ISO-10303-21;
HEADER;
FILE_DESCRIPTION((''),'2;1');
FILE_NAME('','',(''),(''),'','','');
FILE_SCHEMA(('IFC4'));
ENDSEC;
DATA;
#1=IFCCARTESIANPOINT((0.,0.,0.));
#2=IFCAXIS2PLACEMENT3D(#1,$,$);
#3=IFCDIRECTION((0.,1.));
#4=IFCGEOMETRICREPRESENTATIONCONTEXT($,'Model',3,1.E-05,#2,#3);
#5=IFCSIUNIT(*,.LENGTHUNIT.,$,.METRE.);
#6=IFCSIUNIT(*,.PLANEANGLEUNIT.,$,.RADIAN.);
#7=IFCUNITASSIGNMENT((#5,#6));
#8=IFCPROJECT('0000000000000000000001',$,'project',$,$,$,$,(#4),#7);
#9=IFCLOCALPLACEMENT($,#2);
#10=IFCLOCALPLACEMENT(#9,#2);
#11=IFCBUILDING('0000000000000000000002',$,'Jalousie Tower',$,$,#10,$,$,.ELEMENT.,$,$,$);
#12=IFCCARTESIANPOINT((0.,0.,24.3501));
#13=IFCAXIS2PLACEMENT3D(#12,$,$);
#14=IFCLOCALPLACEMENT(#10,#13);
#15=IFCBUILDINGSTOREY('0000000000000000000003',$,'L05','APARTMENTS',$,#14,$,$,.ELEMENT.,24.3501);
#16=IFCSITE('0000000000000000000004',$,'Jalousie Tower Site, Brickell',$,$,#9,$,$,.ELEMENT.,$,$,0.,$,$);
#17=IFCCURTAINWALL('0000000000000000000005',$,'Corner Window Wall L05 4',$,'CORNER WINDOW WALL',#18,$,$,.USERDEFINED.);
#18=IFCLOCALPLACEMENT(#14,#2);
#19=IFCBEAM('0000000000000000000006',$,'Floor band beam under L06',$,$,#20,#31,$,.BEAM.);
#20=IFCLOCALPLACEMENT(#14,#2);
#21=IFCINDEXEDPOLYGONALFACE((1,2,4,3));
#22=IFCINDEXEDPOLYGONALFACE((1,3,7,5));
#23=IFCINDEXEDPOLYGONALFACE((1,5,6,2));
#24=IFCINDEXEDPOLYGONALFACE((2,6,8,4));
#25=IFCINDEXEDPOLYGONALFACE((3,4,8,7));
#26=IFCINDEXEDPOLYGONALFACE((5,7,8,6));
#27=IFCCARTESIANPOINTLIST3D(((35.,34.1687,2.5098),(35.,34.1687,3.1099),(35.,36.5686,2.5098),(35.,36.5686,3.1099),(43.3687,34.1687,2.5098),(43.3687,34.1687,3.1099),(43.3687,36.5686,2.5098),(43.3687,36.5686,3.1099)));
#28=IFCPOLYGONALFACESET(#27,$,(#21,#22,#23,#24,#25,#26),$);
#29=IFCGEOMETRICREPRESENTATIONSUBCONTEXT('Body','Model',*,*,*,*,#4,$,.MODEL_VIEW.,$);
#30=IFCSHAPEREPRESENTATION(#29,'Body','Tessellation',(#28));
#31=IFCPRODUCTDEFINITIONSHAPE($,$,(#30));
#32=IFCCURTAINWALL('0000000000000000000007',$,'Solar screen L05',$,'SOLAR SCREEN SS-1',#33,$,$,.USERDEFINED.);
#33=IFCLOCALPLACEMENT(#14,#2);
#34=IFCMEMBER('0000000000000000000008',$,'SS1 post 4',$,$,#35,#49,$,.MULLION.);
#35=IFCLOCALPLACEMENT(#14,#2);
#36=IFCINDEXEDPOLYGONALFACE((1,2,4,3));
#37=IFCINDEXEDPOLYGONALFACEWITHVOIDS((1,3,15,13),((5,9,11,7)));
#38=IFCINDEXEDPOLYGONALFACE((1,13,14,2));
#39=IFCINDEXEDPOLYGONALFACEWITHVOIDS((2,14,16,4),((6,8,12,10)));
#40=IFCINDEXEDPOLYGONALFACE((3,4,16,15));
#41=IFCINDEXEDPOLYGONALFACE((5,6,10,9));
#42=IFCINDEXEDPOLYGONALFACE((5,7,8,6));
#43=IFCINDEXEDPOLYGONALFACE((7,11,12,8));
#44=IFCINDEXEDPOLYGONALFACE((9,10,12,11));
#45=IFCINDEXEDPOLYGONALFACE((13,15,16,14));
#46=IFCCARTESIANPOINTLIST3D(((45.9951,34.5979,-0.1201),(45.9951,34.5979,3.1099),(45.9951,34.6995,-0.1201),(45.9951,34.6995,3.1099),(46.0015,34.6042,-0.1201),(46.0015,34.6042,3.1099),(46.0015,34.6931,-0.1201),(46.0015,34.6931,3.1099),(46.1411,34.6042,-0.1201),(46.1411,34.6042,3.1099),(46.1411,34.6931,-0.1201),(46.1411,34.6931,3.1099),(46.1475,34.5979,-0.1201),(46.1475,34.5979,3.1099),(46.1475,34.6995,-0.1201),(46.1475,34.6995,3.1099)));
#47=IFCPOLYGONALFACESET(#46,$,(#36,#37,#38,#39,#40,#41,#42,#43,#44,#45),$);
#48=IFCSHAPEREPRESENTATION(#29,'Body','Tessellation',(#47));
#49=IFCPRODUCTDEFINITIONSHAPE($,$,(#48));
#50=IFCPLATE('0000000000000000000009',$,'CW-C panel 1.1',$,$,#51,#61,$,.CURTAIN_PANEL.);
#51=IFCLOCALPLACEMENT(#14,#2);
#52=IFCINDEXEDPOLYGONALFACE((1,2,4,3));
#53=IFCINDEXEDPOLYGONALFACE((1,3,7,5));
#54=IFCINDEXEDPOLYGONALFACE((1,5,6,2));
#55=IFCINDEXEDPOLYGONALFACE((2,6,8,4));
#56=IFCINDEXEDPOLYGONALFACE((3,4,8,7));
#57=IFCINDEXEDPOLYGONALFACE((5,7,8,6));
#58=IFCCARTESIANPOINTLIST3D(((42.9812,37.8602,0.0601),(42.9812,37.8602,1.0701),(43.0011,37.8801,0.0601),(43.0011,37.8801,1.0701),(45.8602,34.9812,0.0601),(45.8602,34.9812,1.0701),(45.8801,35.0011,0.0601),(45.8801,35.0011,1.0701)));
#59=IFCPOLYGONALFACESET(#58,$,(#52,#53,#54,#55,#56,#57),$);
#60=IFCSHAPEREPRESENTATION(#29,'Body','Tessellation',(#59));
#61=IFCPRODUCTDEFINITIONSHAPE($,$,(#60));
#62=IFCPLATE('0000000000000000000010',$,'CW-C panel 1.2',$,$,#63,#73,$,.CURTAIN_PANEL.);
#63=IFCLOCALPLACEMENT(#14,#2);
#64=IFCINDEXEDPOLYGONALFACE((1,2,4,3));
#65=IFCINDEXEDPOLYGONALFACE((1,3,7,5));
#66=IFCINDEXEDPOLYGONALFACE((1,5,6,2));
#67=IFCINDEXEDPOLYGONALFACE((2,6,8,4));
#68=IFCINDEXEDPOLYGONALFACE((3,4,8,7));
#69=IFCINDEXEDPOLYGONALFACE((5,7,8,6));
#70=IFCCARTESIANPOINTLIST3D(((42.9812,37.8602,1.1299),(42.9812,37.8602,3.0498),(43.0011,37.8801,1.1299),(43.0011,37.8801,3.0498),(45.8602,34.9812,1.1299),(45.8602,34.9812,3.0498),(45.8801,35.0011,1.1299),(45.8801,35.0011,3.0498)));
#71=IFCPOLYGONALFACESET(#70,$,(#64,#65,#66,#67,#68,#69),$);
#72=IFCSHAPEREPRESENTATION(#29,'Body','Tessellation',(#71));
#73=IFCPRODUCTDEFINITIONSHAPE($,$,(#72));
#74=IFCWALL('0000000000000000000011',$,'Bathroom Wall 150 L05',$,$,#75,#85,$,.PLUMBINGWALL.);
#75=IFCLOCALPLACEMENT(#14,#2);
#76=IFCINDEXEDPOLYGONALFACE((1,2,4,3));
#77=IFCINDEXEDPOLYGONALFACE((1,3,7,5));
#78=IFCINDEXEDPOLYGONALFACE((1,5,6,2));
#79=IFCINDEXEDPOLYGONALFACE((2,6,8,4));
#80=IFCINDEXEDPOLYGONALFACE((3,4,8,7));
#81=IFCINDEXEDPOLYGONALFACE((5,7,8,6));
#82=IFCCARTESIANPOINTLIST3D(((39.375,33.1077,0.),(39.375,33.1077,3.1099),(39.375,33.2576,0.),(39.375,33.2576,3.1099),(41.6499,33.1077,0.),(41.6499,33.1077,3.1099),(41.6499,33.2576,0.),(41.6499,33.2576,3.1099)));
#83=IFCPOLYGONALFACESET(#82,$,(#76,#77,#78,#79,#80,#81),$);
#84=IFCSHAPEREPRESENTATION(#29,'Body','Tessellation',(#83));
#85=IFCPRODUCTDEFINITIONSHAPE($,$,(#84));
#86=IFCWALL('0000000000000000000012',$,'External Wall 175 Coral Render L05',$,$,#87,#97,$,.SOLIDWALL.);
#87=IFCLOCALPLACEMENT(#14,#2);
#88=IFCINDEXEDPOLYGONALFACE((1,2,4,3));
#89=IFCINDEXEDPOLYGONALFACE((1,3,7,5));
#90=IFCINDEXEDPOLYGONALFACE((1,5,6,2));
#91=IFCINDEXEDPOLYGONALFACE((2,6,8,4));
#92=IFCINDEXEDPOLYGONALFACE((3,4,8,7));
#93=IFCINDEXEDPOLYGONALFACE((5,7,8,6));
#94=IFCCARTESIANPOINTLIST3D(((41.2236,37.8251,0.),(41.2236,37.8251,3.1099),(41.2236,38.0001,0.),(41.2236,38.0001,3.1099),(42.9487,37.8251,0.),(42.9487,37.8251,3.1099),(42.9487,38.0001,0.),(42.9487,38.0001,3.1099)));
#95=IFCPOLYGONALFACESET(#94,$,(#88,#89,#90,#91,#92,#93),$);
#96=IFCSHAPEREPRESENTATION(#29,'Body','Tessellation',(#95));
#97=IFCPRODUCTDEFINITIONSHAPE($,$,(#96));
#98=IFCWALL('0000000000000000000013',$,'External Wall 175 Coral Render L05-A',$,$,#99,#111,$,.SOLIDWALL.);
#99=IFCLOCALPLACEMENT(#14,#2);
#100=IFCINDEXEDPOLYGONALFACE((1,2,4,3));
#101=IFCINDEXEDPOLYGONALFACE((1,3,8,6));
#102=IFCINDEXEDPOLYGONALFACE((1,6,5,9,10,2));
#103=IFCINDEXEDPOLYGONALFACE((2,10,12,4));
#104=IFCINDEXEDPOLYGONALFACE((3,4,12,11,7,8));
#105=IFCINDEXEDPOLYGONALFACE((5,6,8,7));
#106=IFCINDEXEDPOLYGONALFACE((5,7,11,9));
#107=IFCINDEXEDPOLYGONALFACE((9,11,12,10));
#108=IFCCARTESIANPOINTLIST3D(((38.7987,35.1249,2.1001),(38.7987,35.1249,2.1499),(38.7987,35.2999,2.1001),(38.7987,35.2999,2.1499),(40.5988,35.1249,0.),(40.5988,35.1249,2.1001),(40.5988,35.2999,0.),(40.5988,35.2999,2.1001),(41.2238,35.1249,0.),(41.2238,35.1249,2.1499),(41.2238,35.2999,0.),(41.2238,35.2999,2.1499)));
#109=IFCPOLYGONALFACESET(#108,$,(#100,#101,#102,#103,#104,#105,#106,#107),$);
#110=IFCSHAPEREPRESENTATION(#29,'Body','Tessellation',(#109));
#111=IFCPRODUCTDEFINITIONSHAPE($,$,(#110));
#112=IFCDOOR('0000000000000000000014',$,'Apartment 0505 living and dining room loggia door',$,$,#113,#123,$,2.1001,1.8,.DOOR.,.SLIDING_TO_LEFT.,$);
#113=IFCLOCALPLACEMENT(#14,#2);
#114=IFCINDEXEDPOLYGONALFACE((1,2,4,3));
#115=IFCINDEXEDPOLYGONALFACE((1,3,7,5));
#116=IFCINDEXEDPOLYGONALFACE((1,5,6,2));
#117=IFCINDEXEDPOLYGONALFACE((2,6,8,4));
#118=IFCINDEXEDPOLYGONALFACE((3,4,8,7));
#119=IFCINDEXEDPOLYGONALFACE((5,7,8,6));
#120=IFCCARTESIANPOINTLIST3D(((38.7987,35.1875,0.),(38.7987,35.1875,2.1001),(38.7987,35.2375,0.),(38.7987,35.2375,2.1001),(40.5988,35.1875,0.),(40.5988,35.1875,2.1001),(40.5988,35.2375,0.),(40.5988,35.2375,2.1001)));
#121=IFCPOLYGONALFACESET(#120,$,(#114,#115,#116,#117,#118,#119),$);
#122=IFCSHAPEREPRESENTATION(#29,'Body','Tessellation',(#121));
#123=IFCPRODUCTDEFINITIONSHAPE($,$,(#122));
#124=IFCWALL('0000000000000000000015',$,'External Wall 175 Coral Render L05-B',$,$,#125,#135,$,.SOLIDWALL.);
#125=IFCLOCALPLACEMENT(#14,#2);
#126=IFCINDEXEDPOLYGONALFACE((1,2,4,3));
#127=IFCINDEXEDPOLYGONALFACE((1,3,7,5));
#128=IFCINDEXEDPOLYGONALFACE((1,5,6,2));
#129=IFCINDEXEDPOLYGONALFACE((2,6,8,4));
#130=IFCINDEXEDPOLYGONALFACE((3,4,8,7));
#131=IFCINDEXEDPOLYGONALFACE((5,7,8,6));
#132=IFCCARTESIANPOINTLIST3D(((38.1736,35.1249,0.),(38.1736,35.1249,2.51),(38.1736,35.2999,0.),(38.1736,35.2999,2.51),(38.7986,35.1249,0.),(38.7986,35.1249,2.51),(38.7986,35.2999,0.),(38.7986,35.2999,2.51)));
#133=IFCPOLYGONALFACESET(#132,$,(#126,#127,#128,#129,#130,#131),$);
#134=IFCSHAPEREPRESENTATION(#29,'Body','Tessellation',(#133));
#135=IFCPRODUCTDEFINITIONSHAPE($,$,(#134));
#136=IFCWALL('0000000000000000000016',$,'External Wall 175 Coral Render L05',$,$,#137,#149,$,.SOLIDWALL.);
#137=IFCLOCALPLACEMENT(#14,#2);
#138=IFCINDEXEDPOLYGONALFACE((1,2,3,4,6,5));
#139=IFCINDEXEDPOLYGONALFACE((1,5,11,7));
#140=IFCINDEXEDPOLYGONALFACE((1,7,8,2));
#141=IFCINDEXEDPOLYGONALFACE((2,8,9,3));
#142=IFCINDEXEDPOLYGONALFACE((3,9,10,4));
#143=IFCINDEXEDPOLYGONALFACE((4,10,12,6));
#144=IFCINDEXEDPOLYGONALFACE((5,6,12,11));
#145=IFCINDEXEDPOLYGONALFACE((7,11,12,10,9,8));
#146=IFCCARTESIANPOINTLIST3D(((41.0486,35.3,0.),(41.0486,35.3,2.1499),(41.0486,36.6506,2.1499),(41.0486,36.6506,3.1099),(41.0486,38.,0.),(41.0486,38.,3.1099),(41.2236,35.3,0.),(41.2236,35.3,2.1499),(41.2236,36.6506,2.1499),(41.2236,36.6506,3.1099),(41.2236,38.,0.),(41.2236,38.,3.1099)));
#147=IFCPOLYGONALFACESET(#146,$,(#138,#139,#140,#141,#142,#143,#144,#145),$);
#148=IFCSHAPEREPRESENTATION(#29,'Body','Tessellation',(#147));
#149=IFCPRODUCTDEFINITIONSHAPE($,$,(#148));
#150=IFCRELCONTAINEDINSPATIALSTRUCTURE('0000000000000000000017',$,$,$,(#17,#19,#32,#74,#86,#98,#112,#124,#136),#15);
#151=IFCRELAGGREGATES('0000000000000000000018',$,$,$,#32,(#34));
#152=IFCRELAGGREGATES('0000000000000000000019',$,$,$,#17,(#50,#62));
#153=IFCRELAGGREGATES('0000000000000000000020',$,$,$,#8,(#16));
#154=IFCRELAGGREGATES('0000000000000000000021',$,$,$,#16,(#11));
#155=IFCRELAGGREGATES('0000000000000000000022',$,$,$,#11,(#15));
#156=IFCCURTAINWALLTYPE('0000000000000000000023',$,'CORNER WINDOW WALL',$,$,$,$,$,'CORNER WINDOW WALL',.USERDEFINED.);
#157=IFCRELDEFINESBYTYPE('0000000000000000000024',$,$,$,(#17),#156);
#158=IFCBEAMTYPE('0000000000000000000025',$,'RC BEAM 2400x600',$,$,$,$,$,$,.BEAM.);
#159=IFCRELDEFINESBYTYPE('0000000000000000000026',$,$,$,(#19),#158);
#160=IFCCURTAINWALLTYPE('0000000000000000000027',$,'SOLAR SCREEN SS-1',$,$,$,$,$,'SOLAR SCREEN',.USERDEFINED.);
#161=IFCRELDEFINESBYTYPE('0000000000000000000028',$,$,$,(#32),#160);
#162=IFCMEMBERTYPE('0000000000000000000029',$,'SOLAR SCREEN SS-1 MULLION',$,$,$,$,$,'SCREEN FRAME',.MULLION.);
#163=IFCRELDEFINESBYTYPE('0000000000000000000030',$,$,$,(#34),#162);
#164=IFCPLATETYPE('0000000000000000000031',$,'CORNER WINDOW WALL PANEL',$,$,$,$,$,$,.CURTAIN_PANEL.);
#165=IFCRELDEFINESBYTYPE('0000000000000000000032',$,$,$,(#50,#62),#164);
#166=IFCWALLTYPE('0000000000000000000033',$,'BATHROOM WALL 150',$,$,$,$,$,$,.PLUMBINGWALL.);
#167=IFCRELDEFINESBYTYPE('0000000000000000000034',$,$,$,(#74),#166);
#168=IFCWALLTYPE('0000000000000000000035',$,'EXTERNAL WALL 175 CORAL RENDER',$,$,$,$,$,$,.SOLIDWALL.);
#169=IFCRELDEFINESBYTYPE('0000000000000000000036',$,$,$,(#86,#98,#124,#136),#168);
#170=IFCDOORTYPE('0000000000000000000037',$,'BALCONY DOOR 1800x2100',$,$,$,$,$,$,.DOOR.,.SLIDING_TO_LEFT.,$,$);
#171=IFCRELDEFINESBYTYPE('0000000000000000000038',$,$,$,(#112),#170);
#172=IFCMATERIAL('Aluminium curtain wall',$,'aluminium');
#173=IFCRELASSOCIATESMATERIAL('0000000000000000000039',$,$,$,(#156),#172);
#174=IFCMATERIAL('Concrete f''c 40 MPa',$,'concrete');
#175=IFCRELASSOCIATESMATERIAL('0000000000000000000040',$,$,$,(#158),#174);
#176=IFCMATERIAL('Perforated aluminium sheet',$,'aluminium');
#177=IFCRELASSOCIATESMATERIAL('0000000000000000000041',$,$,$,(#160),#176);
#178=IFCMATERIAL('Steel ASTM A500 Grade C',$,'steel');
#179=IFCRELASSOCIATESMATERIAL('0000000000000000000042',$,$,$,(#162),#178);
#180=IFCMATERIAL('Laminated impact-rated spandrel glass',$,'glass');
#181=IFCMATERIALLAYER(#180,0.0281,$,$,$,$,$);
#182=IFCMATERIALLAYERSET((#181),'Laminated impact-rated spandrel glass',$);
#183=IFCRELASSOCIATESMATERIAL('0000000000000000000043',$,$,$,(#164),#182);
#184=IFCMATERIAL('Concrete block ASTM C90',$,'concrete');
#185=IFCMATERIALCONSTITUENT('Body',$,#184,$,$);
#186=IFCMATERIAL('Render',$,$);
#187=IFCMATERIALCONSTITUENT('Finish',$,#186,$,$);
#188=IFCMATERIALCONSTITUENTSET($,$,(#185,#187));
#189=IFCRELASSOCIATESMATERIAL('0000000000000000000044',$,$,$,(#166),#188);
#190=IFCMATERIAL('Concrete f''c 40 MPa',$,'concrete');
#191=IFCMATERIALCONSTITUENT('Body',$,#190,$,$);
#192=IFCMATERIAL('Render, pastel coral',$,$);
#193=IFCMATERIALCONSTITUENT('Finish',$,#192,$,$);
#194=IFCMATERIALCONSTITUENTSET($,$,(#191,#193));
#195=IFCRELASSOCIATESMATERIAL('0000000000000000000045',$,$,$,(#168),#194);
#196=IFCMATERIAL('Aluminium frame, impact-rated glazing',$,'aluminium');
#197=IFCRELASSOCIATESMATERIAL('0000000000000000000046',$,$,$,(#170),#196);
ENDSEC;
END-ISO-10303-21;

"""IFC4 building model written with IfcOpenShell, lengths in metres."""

from ifc_helpers import new_model, si_unit, direction, frame, frame_2d, origin, origin_2d, place, context, subcontext, project, spatial, polyline, rectangle, hollow_rectangle, outline, extrude, material, layer, layer_set, constituent, constituent_set, material_profile, profile_set, type_object, element, fill, aggregate, save


model = new_model("IFC4")

# Units and contexts
model_context = context("Model", 3, precision=1e-05, world=origin(), true_north=direction((0.0, 1.0)))
body_context = subcontext(model_context, "Body", "Model", "MODEL_VIEW")
ifc_project = project(units=[si_unit("LENGTHUNIT", "METRE"), si_unit("PLANEANGLEUNIT", "RADIAN")], contexts=[model_context])

# Site, building, storey
site_placement = place(None, origin())
site = spatial("IfcSite", under=ifc_project, at=site_placement, Name="Jalousie Tower Site, Brickell", CompositionType="ELEMENT", RefElevation=0.0)
building_placement = place(site_placement, origin())
building = spatial("IfcBuilding", under=site, at=building_placement, Name="Jalousie Tower", CompositionType="ELEMENT")
storey_placement = place(building_placement, frame((0.0, 0.0, 24.3501)))
storey = spatial("IfcBuildingStorey", under=building, at=storey_placement, Name="L05", Description="APARTMENTS", CompositionType="ELEMENT", Elevation=24.3501)

# Curtain wall
ifc_material_1 = material(Name="Aluminium curtain wall", Category="aluminium")
curtain_wall_type_1 = type_object("IfcCurtainWallType", Name="CORNER WINDOW WALL", ElementType="CORNER WINDOW WALL", PredefinedType="USERDEFINED", material=ifc_material_1)
curtain_wall_1_placement = place(storey_placement, origin())
curtain_wall_1 = element("IfcCurtainWall", 1, at=curtain_wall_1_placement, inside=storey, type_object=curtain_wall_type_1, Name="Corner Window Wall L05 4", ObjectType="CORNER WINDOW WALL", PredefinedType="USERDEFINED")

# Beam
ifc_material_2 = material(Name="Concrete f'c 40 MPa", Category="concrete")
ifc_material_profile_1 = material_profile(ifc_material_2, rectangle(XDim=2.3999, YDim=0.6001, at=origin_2d()), Name="RC 2400x600")
ifc_profile_set_1 = profile_set([ifc_material_profile_1], Name="Concrete f'c 40 MPa")
beam_type_1 = type_object("IfcBeamType", Name="RC BEAM 2400x600", PredefinedType="BEAM", material=ifc_profile_set_1)
beam_1_placement = place(storey_placement, frame((43.3687, 35.3687, 2.8098), z_axis=(-1.0, 0.0, 0.0), x_axis=(0.0, -1.0, 0.0)))
element("IfcBeam", 2, at=beam_1_placement, inside=storey, type_object=beam_type_1, Name="Floor band beam under L06", PredefinedType="BEAM", context=body_context, shape_type="SweptSolid", body=[
    extrude(rectangle(XDim=2.3999, YDim=0.6001, at=origin_2d()), origin(), (0.0, 0.0, 1.0), 8.3687),
])

# Curtain wall, member
ifc_material_3 = material(Name="Perforated aluminium sheet", Category="aluminium")
curtain_wall_type_2 = type_object("IfcCurtainWallType", Name="SOLAR SCREEN SS-1", ElementType="SOLAR SCREEN", PredefinedType="USERDEFINED", material=ifc_material_3)
curtain_wall_2_placement = place(storey_placement, origin())
curtain_wall_2 = element("IfcCurtainWall", 3, at=curtain_wall_2_placement, inside=storey, type_object=curtain_wall_type_2, Name="Solar screen L05", ObjectType="SOLAR SCREEN SS-1", PredefinedType="USERDEFINED")
ifc_material_4 = material(Name="Steel ASTM A500 Grade C", Category="steel")
ifc_material_profile_2 = material_profile(ifc_material_4, hollow_rectangle(XDim=0.1016, YDim=0.1523, WallThickness=0.0063, at=origin_2d()), Name="HSS6X4X1/4")
ifc_profile_set_2 = profile_set([ifc_material_profile_2], Name="Steel ASTM A500 Grade C")
member_type_1 = type_object("IfcMemberType", Name="SOLAR SCREEN SS-1 MULLION", ElementType="SCREEN FRAME", PredefinedType="MULLION", material=ifc_profile_set_2)
member_1_placement = place(storey_placement, frame((46.0713, 34.6487, -0.1201), z_axis=(0.0, 0.0, 1.0), x_axis=(0.0, 1.0, 0.0)))
member_1 = element("IfcMember", 4, at=member_1_placement, type_object=member_type_1, Name="SS1 post 4", PredefinedType="MULLION", context=body_context, shape_type="SweptSolid", body=[
    extrude(hollow_rectangle(XDim=0.1016, YDim=0.1523, WallThickness=0.0063, at=origin_2d()), origin(), (0.0, 0.0, 1.0), 3.23),
])
aggregate(curtain_wall_2, [member_1])

# Plates
ifc_material_5 = material(Name="Laminated impact-rated spandrel glass", Category="glass")
ifc_layer_1 = layer(ifc_material_5, 0.0281)
ifc_layer_set_1 = layer_set([ifc_layer_1], Name="Laminated impact-rated spandrel glass")
plate_type = type_object("IfcPlateType", Name="CORNER WINDOW WALL PANEL", PredefinedType="CURTAIN_PANEL", material=ifc_layer_set_1)
plate_1_placement = place(storey_placement, frame((44.4307, 36.4307, 0.0601), z_axis=(0.0, 0.0, 1.0), x_axis=(-0.707107, 0.707107, 0.0)))
plate_1 = element("IfcPlate", 5, at=plate_1_placement, type_object=plate_type, Name="CW-C panel 1.1", PredefinedType="CURTAIN_PANEL", context=body_context, shape_type="SweptSolid", body=[
    extrude(rectangle(XDim=4.0715, YDim=0.0281, at=origin_2d()), origin(), (0.0, 0.0, 1.0), 1.01),
])
plate_2_placement = place(storey_placement, frame((44.4307, 36.4307, 1.1299), z_axis=(0.0, 0.0, 1.0), x_axis=(-0.707107, 0.707107, 0.0)))
plate_2 = element("IfcPlate", 6, at=plate_2_placement, type_object=plate_type, Name="CW-C panel 1.2", PredefinedType="CURTAIN_PANEL", context=body_context, shape_type="SweptSolid", body=[
    extrude(rectangle(XDim=4.0715, YDim=0.0281, at=origin_2d()), origin(), (0.0, 0.0, 1.0), 1.9199),
])
aggregate(curtain_wall_1, [plate_1, plate_2])

# Walls
ifc_material_6 = material(Name="Concrete block ASTM C90", Category="concrete")
ifc_constituent_1 = constituent(ifc_material_6, Name="Body")
ifc_material_7 = material(Name="Render")
ifc_constituent_2 = constituent(ifc_material_7, Name="Finish")
ifc_constituent_set_1 = constituent_set(constituents=[ifc_constituent_1, ifc_constituent_2])
wall_type_1 = type_object("IfcWallType", Name="BATHROOM WALL 150", PredefinedType="PLUMBINGWALL", material=ifc_constituent_set_1)
wall_1_placement = place(storey_placement, frame((39.375, 33.1826, 0.0), z_axis=(0.0, 0.0, 1.0), x_axis=(1.0, 0.0, 0.0)))
element("IfcWall", 7, at=wall_1_placement, inside=storey, type_object=wall_type_1, Name="Bathroom Wall 150 L05", PredefinedType="PLUMBINGWALL", context=body_context, shape_type="SweptSolid", body=[
    extrude(rectangle(XDim=2.2749, YDim=0.1499, at=frame_2d((1.1375, 0.0))), origin(), (0.0, 0.0, 1.0), 3.1099),
])
ifc_material_8 = material(Name="Concrete f'c 40 MPa", Category="concrete")
ifc_constituent_3 = constituent(ifc_material_8, Name="Body")
ifc_material_9 = material(Name="Render, pastel coral")
ifc_constituent_4 = constituent(ifc_material_9, Name="Finish")
ifc_constituent_set_2 = constituent_set(constituents=[ifc_constituent_3, ifc_constituent_4])
wall_type_2 = type_object("IfcWallType", Name="EXTERNAL WALL 175 CORAL RENDER", PredefinedType="SOLIDWALL", material=ifc_constituent_set_2)
wall_2_placement = place(storey_placement, frame((42.9487, 37.9126, 0.0), z_axis=(0.0, 0.0, 1.0), x_axis=(-1.0, 0.0, 0.0)))
element("IfcWall", 8, at=wall_2_placement, inside=storey, type_object=wall_type_2, Name="External Wall 175 Coral Render L05", PredefinedType="SOLIDWALL", context=body_context, shape_type="SweptSolid", body=[
    extrude(rectangle(XDim=1.7251, YDim=0.175, at=frame_2d((0.8625, 0.0))), origin(), (0.0, 0.0, 1.0), 3.1099),
])

# Wall, opening, door
wall_3_placement = place(storey_placement, frame((41.2236, 35.2124, 0.0), z_axis=(0.0, 0.0, 1.0), x_axis=(-1.0, 0.0, 0.0)))
wall_3 = element("IfcWall", 9, at=wall_3_placement, inside=storey, type_object=wall_type_2, Name="External Wall 175 Coral Render L05-A", PredefinedType="SOLIDWALL", context=body_context, shape_type="SweptSolid", body=[
    extrude(rectangle(XDim=2.425, YDim=0.175, at=frame_2d((1.2124, 0.0))), origin(), (0.0, 0.0, 1.0), 2.1499),
])
opening_1_placement = place(wall_3_placement, frame((0.625, 0.0, 0.0)))
opening_1 = element("IfcOpeningElement", 10, at=opening_1_placement, cuts=wall_3, PredefinedType="OPENING", context=body_context, shape_type="SweptSolid", body=[
    extrude(rectangle(XDim=1.8, YDim=2.1001, at=frame_2d((0.8999, 1.05))), frame((0.0, 0.0974, 0.0), z_axis=(0.0, -1.0, 0.0), x_axis=(1.0, 0.0, 0.0)), (0.0, 0.0, 1.0), 0.1951),
])
ifc_material_10 = material(Name="Aluminium frame, impact-rated glazing", Category="aluminium")
door_type_1 = type_object("IfcDoorType", Name="BALCONY DOOR 1800x2100", OperationType="SLIDING_TO_LEFT", PredefinedType="DOOR", material=ifc_material_10)
door_1_placement = place(opening_1_placement, origin())
door_1 = element("IfcDoor", 11, at=door_1_placement, inside=storey, type_object=door_type_1, Name="Apartment 0505 living and dining room loggia door", OperationType="SLIDING_TO_LEFT", OverallHeight=2.1001, OverallWidth=1.8, PredefinedType="DOOR", context=body_context, shape_type="SweptSolid", body=[
    extrude(rectangle(XDim=1.8, YDim=2.1001, at=frame_2d((0.8999, 1.05))), frame((0.0, 0.0249, 0.0), z_axis=(0.0, -1.0, 0.0), x_axis=(1.0, 0.0, 0.0)), (0.0, 0.0, 1.0), 0.05),
])
fill(opening_1, door_1)

# Walls
wall_4_placement = place(storey_placement, frame((38.7986, 35.2124, 0.0), z_axis=(0.0, 0.0, 1.0), x_axis=(-1.0, 0.0, 0.0)))
element("IfcWall", 12, at=wall_4_placement, inside=storey, type_object=wall_type_2, Name="External Wall 175 Coral Render L05-B", PredefinedType="SOLIDWALL", context=body_context, shape_type="SweptSolid", body=[
    extrude(rectangle(XDim=0.625, YDim=0.175, at=frame_2d((0.3125, 0.0))), origin(), (0.0, 0.0, 1.0), 2.51),
])
wall_5_placement = place(storey_placement, frame((41.1362, 38.0, 0.0), z_axis=(0.0, 0.0, 1.0), x_axis=(0.0, -1.0, 0.0)))
element("IfcWall", 13, at=wall_5_placement, inside=storey, type_object=wall_type_2, Name="External Wall 175 Coral Render L05", PredefinedType="SOLIDWALL", context=body_context, shape_type="SweptSolid", body=[
    extrude(outline(polyline([(0.0, 0.0), (2.7, 0.0), (2.7, 2.1499), (1.3494, 2.1499), (1.3494, 3.1099), (0.0, 3.1099), (0.0, 0.0)])), frame((0.0, 0.0874, 0.0), z_axis=(0.0, -1.0, 0.0), x_axis=(1.0, 0.0, 0.0)), (0.0, 0.0, 1.0), 0.175),
])

save(model, "model.ifc")
